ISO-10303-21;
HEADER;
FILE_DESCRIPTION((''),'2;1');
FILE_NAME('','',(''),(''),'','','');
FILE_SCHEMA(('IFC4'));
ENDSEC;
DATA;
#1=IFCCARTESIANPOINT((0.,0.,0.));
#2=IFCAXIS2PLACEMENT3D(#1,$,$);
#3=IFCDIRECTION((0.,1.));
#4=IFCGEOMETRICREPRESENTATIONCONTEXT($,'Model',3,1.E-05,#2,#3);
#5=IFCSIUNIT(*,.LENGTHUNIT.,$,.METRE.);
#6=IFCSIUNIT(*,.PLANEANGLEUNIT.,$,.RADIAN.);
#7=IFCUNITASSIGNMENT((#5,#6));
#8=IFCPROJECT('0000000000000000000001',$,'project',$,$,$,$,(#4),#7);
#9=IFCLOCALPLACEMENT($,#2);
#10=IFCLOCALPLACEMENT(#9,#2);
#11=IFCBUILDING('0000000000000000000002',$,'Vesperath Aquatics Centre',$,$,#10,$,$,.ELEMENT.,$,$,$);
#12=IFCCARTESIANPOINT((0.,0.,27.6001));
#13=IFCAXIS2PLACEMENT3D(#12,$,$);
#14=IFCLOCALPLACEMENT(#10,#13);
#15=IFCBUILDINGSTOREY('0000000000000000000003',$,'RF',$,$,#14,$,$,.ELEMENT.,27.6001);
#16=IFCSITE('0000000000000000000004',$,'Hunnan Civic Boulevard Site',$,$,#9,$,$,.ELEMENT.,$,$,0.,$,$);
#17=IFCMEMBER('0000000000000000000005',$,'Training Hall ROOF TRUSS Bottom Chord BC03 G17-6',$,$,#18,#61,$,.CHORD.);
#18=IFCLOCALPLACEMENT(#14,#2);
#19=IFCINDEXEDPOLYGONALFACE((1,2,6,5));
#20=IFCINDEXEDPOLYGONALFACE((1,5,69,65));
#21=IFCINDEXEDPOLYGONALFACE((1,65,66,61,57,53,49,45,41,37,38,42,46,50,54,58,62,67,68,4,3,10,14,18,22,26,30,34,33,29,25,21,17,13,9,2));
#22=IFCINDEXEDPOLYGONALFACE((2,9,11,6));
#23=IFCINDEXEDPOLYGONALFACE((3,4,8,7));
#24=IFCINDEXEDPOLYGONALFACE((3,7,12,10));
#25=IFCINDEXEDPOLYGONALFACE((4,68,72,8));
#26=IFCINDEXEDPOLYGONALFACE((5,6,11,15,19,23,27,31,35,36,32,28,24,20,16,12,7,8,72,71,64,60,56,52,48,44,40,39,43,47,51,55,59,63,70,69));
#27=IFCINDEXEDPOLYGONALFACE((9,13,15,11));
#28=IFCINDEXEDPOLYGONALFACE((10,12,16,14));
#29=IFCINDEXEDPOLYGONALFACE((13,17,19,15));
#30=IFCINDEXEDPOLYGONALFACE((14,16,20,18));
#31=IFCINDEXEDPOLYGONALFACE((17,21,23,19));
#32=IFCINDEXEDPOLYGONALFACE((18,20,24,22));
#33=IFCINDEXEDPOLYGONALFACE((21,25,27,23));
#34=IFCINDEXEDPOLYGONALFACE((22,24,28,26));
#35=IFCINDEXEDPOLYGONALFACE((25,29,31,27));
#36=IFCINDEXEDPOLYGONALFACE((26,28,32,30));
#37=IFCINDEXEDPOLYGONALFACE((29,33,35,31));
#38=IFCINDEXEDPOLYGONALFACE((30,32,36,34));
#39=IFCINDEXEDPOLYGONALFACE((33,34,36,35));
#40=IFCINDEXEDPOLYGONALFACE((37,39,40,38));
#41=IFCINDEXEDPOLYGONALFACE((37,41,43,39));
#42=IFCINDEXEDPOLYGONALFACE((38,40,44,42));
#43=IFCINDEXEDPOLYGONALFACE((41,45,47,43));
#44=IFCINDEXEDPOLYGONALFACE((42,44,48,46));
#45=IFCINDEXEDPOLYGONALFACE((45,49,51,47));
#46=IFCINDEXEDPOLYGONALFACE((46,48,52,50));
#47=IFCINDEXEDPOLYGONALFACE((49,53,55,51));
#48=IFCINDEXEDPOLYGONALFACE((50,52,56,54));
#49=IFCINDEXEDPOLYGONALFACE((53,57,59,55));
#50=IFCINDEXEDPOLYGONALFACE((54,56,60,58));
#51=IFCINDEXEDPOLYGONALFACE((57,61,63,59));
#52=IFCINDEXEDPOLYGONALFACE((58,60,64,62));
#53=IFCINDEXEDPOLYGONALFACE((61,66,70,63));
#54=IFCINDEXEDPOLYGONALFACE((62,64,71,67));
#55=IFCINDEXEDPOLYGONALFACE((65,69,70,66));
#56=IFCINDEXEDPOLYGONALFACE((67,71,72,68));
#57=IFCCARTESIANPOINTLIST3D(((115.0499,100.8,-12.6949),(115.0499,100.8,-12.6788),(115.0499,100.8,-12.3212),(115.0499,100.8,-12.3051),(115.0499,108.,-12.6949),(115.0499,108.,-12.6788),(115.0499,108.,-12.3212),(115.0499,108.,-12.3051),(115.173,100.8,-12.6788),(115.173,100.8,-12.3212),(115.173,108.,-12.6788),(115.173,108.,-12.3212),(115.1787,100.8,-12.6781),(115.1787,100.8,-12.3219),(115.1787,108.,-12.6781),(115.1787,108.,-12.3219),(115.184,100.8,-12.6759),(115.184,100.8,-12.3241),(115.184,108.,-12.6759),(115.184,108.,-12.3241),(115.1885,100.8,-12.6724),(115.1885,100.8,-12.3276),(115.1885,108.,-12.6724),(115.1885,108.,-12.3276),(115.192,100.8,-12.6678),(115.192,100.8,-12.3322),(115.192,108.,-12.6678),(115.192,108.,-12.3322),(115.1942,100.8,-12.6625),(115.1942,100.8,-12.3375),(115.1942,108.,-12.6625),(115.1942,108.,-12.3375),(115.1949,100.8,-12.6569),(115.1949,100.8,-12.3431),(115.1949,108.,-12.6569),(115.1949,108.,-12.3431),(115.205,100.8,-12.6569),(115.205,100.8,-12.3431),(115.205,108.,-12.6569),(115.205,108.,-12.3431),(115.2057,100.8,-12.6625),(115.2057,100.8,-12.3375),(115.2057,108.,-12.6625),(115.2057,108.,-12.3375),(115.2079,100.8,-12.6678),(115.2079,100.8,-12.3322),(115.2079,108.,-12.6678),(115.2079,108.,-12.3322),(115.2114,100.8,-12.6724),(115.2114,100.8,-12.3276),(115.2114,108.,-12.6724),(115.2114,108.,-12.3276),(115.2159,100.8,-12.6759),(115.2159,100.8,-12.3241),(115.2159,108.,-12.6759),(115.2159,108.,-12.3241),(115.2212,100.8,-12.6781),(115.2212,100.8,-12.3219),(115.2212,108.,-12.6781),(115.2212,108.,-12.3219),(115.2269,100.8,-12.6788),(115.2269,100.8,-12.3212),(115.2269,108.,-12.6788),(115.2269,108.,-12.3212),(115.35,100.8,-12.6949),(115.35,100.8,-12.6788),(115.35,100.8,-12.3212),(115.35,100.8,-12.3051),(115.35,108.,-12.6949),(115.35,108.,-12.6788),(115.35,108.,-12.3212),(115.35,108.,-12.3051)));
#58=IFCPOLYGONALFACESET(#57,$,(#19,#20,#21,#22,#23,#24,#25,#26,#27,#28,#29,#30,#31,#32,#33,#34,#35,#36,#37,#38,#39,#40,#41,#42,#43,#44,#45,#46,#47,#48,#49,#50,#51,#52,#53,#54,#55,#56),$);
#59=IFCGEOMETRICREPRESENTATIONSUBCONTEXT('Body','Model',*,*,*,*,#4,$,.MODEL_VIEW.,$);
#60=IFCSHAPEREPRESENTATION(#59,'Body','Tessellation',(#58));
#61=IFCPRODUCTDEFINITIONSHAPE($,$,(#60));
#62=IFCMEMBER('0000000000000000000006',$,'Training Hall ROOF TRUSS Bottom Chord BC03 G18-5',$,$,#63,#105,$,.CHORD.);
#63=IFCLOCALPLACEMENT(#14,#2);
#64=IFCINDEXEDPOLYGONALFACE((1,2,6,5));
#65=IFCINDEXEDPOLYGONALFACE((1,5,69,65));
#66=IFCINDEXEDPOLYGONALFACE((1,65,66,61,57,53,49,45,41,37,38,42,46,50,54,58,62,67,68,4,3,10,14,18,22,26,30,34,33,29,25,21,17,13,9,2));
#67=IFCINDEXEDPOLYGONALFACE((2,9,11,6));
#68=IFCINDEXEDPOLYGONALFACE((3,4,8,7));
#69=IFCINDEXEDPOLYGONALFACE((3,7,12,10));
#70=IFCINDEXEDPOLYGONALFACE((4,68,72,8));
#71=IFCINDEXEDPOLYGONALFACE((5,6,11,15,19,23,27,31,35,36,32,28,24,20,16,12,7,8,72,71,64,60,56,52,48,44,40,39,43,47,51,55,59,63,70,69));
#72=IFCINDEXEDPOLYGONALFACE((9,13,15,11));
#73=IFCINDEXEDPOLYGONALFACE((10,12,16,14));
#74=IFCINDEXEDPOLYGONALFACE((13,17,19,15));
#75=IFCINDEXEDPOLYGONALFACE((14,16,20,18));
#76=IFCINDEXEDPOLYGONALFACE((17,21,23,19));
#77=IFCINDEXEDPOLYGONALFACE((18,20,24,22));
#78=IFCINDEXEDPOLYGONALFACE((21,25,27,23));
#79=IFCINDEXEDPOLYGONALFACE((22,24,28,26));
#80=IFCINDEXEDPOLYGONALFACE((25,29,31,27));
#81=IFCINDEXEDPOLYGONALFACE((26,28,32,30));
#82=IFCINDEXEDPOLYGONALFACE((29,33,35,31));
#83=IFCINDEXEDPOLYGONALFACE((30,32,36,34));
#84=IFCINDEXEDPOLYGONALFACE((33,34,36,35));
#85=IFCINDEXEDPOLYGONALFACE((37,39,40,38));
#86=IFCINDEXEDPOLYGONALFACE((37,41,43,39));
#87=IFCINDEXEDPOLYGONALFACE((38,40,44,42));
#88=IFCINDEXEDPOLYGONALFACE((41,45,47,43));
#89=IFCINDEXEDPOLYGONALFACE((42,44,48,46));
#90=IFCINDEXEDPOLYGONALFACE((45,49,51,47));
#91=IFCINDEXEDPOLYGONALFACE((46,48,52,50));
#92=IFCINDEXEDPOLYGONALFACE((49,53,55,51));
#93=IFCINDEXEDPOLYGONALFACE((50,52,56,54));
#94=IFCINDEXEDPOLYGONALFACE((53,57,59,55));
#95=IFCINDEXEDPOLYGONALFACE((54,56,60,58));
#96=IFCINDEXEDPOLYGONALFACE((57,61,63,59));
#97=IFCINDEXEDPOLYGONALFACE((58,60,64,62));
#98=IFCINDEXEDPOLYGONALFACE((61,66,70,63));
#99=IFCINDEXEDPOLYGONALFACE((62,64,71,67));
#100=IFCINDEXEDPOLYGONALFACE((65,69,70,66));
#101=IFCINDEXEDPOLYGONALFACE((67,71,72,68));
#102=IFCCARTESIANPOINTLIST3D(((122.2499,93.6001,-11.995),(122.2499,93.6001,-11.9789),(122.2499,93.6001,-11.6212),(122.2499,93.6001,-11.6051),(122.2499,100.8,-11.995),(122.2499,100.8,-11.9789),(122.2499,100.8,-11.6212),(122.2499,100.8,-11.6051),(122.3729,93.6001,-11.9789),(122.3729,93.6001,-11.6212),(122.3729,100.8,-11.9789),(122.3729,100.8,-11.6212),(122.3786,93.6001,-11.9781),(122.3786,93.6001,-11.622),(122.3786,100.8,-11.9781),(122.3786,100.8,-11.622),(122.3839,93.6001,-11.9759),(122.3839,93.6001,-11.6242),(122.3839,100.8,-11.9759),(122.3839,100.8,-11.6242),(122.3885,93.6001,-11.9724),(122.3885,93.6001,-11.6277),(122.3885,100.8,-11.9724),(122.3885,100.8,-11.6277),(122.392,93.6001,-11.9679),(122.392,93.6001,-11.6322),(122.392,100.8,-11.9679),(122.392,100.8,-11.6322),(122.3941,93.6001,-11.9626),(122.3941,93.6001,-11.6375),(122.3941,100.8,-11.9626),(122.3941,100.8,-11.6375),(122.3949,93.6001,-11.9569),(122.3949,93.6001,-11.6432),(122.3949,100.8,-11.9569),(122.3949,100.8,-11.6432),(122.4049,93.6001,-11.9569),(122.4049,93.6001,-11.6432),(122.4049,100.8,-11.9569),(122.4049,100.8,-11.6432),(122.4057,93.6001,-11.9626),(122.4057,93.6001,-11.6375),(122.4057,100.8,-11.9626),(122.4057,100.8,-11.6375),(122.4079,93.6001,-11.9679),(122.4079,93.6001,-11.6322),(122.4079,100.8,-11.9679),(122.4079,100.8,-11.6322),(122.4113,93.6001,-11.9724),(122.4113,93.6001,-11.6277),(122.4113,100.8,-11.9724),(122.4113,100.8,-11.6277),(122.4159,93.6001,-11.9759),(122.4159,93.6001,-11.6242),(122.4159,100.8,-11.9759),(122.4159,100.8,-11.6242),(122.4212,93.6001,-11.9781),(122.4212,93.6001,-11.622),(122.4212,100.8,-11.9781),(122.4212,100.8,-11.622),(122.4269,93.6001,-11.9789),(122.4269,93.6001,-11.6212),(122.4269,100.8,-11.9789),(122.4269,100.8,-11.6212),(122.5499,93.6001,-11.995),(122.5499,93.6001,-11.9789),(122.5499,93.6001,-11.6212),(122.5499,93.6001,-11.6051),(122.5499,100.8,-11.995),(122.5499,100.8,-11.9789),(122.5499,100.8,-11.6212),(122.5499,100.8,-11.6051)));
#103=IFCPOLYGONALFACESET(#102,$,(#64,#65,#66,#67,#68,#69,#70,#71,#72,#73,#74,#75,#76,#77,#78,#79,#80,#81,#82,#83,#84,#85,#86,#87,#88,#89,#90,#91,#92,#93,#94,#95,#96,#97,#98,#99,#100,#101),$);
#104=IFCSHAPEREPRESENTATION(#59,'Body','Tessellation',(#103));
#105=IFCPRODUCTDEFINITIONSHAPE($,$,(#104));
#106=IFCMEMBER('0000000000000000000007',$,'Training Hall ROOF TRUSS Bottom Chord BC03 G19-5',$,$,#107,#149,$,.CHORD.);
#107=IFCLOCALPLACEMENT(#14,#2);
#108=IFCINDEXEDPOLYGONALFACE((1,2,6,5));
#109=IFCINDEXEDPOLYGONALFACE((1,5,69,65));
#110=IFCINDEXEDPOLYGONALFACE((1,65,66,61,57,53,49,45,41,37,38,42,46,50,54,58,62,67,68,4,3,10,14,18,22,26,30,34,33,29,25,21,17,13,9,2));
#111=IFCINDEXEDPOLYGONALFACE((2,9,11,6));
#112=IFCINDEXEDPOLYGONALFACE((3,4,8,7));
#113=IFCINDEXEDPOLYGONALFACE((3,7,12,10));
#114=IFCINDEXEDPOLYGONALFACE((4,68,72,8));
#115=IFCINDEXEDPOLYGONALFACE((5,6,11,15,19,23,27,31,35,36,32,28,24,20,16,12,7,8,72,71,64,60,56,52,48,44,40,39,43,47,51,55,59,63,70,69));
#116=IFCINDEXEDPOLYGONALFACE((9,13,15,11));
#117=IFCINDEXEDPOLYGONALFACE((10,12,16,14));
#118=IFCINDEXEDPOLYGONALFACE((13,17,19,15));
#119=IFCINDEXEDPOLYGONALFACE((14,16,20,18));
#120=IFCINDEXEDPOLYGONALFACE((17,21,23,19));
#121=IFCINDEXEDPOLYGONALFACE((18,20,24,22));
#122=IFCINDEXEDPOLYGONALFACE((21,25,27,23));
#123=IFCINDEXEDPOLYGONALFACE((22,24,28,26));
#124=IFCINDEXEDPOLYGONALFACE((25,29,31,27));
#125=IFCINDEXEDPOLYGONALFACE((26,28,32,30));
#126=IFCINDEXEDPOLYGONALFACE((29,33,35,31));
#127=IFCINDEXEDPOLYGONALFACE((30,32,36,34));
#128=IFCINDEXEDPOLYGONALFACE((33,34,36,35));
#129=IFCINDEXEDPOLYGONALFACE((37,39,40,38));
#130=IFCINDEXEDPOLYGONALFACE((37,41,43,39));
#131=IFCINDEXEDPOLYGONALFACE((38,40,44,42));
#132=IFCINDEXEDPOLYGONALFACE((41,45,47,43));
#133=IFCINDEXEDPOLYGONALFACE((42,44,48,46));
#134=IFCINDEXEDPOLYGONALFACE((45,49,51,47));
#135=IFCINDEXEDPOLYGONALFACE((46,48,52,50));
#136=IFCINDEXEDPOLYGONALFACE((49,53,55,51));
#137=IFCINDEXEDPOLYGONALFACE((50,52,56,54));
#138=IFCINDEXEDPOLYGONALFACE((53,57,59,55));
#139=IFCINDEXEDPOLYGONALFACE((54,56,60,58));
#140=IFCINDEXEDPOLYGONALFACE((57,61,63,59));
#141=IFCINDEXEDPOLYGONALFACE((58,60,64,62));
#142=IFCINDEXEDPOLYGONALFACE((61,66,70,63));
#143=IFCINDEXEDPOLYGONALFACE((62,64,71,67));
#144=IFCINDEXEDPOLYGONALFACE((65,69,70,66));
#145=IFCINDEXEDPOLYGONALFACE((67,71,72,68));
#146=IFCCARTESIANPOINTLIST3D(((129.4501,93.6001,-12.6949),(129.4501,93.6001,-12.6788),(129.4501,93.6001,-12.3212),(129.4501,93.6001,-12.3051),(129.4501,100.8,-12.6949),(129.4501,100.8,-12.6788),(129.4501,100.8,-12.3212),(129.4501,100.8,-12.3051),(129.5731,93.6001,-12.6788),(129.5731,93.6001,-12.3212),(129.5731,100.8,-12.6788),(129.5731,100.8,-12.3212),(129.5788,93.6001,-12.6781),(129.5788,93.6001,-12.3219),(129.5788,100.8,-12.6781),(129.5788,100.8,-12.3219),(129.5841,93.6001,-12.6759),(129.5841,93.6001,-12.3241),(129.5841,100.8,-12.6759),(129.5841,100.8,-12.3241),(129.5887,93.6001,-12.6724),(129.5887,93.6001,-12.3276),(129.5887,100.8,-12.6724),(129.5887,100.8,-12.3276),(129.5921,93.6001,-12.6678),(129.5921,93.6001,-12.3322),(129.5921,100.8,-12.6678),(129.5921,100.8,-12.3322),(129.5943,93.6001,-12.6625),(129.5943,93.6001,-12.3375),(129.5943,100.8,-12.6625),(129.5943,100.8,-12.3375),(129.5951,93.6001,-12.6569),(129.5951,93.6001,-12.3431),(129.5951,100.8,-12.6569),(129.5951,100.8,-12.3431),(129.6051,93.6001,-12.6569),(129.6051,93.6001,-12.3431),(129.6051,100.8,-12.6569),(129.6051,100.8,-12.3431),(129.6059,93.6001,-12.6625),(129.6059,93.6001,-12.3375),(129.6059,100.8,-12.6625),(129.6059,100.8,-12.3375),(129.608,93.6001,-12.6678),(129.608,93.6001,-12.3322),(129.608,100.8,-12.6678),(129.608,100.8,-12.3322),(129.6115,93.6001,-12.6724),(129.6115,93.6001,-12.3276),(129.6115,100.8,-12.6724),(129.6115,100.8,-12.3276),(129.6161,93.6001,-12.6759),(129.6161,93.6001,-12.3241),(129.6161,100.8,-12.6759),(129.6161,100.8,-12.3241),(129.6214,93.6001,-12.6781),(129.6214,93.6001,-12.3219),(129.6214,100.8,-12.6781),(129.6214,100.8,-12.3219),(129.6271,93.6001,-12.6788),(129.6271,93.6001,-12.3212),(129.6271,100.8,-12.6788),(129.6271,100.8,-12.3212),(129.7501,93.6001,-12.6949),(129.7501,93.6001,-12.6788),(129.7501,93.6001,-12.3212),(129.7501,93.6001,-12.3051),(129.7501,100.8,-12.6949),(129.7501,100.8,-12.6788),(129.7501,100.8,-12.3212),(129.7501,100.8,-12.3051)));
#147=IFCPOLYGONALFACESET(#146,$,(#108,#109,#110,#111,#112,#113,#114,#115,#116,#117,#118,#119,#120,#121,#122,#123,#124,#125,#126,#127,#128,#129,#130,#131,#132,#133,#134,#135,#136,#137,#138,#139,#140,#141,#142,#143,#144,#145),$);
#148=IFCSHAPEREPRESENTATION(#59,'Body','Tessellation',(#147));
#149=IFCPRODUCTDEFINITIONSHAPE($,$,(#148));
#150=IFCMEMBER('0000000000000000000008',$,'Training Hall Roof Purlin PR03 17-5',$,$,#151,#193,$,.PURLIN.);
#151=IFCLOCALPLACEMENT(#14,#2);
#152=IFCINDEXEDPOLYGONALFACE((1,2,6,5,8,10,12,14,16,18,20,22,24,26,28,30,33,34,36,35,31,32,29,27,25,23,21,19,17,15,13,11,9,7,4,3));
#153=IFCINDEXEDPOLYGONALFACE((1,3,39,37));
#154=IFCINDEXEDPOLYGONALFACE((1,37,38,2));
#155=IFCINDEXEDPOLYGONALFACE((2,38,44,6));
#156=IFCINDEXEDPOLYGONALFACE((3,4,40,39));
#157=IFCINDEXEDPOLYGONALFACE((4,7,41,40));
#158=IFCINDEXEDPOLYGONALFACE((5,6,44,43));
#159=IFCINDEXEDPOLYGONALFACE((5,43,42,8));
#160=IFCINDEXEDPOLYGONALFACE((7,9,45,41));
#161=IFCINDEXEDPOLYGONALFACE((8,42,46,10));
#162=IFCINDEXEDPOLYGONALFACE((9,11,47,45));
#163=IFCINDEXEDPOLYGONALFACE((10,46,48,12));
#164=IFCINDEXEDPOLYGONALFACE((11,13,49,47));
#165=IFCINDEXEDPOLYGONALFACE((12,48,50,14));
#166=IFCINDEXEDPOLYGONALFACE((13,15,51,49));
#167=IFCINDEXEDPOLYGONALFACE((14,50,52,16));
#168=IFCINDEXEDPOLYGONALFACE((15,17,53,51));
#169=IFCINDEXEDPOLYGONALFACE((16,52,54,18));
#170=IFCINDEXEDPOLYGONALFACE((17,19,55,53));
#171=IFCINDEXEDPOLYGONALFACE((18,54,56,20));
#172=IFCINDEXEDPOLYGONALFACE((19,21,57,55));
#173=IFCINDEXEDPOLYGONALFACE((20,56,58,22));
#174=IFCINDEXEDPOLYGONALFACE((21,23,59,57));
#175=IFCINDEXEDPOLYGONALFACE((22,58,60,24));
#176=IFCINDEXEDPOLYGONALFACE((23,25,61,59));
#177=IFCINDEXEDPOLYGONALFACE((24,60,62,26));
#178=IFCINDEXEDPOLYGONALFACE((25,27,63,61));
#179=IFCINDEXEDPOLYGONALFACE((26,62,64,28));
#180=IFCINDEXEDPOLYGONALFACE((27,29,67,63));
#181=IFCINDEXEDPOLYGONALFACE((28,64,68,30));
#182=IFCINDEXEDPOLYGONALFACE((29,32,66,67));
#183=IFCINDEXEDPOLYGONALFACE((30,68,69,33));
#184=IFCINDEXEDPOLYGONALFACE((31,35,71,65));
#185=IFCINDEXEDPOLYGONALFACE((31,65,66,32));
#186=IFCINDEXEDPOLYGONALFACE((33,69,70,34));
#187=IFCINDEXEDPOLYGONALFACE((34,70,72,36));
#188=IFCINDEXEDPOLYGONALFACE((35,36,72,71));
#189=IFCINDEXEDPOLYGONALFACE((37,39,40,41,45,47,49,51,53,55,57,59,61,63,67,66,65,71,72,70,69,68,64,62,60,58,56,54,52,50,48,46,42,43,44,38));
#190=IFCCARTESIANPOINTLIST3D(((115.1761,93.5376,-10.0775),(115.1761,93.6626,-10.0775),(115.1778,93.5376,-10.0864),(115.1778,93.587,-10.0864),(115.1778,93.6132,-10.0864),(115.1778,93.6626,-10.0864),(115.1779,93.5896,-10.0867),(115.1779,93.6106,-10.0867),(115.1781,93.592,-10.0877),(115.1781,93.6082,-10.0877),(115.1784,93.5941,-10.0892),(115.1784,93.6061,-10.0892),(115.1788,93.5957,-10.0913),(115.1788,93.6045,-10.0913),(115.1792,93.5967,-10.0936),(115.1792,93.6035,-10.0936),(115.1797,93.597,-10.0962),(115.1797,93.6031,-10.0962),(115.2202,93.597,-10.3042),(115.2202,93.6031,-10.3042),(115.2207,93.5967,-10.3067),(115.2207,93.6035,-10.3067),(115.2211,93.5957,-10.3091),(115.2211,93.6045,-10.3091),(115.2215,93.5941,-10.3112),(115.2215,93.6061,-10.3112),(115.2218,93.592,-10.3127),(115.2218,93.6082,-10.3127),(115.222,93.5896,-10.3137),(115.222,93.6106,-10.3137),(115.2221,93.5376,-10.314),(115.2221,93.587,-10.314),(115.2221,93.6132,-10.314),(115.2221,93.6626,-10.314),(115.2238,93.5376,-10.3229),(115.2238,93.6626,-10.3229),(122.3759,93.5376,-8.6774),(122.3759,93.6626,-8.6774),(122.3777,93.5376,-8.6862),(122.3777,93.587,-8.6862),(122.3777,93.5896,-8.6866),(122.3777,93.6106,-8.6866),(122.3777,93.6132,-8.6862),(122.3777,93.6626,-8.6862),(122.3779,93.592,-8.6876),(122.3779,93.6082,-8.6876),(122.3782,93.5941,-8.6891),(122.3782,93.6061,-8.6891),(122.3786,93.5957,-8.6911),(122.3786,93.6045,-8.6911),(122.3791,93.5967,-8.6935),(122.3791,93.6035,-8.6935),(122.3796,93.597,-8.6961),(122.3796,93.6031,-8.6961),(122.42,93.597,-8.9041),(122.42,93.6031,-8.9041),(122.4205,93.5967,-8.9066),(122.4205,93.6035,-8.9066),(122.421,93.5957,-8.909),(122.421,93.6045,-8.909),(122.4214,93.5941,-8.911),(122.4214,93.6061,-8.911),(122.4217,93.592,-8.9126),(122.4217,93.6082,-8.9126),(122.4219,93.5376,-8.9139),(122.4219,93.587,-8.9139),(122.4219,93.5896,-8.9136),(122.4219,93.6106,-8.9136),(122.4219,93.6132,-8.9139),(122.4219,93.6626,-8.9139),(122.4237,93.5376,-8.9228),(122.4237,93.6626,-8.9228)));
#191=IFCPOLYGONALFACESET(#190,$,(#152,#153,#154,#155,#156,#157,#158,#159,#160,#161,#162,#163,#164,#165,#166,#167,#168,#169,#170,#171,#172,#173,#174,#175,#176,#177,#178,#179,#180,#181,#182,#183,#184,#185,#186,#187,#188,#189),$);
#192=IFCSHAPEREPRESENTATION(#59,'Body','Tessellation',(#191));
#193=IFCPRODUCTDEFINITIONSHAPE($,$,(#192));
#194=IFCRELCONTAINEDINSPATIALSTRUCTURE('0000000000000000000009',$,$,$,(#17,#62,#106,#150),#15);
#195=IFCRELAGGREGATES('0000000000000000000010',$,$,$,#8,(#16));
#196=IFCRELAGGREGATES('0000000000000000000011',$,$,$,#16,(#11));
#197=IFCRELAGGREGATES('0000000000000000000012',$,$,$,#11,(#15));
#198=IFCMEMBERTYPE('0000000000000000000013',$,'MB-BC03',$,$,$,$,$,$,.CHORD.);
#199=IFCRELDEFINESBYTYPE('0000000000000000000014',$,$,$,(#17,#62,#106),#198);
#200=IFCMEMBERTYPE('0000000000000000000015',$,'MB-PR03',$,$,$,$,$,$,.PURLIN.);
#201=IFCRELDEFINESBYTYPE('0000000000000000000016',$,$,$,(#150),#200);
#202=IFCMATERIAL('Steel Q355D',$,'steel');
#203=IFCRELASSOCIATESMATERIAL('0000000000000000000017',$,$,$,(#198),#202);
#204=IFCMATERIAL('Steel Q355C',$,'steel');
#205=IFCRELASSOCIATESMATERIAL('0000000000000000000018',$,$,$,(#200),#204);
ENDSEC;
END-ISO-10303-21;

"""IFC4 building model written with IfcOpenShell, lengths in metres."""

from ifc_helpers import new_model, si_unit, direction, frame, origin, origin_2d, place, context, subcontext, project, spatial, i_section, extrude, material, material_profile, profile_set, type_object, element, save


model = new_model("IFC4")

# Units and contexts
model_context = context("Model", 3, precision=1e-05, world=origin(), true_north=direction((0.0, 1.0)))
body_context = subcontext(model_context, "Body", "Model", "MODEL_VIEW")
ifc_project = project(units=[si_unit("LENGTHUNIT", "METRE"), si_unit("PLANEANGLEUNIT", "RADIAN")], contexts=[model_context])

# Site, building, storey
site_placement = place(None, origin())
site = spatial("IfcSite", under=ifc_project, at=site_placement, Name="Hunnan Civic Boulevard Site", CompositionType="ELEMENT", RefElevation=0.0)
building_placement = place(site_placement, origin())
building = spatial("IfcBuilding", under=site, at=building_placement, Name="Vesperath Aquatics Centre", CompositionType="ELEMENT")
storey_placement = place(building_placement, frame((0.0, 0.0, 27.6001)))
storey = spatial("IfcBuildingStorey", under=building, at=storey_placement, Name="RF", CompositionType="ELEMENT", Elevation=27.6001)

# Shared definitions
ifc_material_1 = material(Name="Steel Q355C", Category="steel")

# Members
ifc_material_2 = material(Name="Steel Q355D", Category="steel")
ifc_material_profile_1 = material_profile(ifc_material_2, i_section(OverallWidth=0.3, OverallDepth=0.3899, WebThickness=0.01, FlangeThickness=0.0161, FilletRadius=0.022, at=origin_2d()), Name="HM 390x300x10x16")
ifc_profile_set_1 = profile_set([ifc_material_profile_1], Name="Steel Q355D")
member_type_1 = type_object("IfcMemberType", Name="MB-BC03", PredefinedType="CHORD", material=ifc_profile_set_1)
for number, where, z_axis, x_axis, name in (
    (1, (115.2, 100.8, -12.5), (0.0, 1.0, 0.0), (-1.0, 0.0, 0.0), "Training Hall ROOF TRUSS Bottom Chord BC03 G17-6"),
    (2, (122.3999, 93.6001, -11.8), (0.0, 1.0, 0.0), (-1.0, 0.0, 0.0), "Training Hall ROOF TRUSS Bottom Chord BC03 G18-5"),
    (3, (129.6001, 93.6001, -12.5), (0.0, 1.0, 0.0), (-1.0, 0.0, 0.0), "Training Hall ROOF TRUSS Bottom Chord BC03 G19-5"),
):
    element("IfcMember", number, at=place(storey_placement, frame(where, z_axis=z_axis, x_axis=x_axis)), inside=storey, type_object=member_type_1, Name=name, PredefinedType="CHORD", context=body_context, shape_type="SweptSolid", body=[
        extrude(i_section(OverallWidth=0.3, OverallDepth=0.3899, WebThickness=0.01, FlangeThickness=0.0161, FilletRadius=0.022, at=origin_2d()), origin(), (0.0, 0.0, 1.0), 7.2),
    ])
ifc_material_profile_2 = material_profile(ifc_material_1, i_section(OverallWidth=0.125, OverallDepth=0.25, WebThickness=0.0061, FlangeThickness=0.009, FilletRadius=0.01, at=origin_2d()), Name="HN 250x125x6x9")
ifc_profile_set_2 = profile_set([ifc_material_profile_2], Name="Steel Q355C")
member_type_2 = type_object("IfcMemberType", Name="MB-PR03", PredefinedType="PURLIN", material=ifc_profile_set_2)
for number, where, z_axis, x_axis, name in (
    (4, (115.2, 93.6001, -10.2002), (0.981611, 0.0, 0.19089), (0.0, 1.0, 0.0), "Training Hall Roof Purlin PR03 17-5"),
):
    element("IfcMember", number, at=place(storey_placement, frame(where, z_axis=z_axis, x_axis=x_axis)), inside=storey, type_object=member_type_2, Name=name, PredefinedType="PURLIN", context=body_context, shape_type="SweptSolid", body=[
        extrude(i_section(OverallWidth=0.125, OverallDepth=0.25, WebThickness=0.0061, FlangeThickness=0.009, FilletRadius=0.01, at=origin_2d()), origin(), (0.0, 0.0, 1.0), 7.3347),
    ])

save(model, "model.ifc")
